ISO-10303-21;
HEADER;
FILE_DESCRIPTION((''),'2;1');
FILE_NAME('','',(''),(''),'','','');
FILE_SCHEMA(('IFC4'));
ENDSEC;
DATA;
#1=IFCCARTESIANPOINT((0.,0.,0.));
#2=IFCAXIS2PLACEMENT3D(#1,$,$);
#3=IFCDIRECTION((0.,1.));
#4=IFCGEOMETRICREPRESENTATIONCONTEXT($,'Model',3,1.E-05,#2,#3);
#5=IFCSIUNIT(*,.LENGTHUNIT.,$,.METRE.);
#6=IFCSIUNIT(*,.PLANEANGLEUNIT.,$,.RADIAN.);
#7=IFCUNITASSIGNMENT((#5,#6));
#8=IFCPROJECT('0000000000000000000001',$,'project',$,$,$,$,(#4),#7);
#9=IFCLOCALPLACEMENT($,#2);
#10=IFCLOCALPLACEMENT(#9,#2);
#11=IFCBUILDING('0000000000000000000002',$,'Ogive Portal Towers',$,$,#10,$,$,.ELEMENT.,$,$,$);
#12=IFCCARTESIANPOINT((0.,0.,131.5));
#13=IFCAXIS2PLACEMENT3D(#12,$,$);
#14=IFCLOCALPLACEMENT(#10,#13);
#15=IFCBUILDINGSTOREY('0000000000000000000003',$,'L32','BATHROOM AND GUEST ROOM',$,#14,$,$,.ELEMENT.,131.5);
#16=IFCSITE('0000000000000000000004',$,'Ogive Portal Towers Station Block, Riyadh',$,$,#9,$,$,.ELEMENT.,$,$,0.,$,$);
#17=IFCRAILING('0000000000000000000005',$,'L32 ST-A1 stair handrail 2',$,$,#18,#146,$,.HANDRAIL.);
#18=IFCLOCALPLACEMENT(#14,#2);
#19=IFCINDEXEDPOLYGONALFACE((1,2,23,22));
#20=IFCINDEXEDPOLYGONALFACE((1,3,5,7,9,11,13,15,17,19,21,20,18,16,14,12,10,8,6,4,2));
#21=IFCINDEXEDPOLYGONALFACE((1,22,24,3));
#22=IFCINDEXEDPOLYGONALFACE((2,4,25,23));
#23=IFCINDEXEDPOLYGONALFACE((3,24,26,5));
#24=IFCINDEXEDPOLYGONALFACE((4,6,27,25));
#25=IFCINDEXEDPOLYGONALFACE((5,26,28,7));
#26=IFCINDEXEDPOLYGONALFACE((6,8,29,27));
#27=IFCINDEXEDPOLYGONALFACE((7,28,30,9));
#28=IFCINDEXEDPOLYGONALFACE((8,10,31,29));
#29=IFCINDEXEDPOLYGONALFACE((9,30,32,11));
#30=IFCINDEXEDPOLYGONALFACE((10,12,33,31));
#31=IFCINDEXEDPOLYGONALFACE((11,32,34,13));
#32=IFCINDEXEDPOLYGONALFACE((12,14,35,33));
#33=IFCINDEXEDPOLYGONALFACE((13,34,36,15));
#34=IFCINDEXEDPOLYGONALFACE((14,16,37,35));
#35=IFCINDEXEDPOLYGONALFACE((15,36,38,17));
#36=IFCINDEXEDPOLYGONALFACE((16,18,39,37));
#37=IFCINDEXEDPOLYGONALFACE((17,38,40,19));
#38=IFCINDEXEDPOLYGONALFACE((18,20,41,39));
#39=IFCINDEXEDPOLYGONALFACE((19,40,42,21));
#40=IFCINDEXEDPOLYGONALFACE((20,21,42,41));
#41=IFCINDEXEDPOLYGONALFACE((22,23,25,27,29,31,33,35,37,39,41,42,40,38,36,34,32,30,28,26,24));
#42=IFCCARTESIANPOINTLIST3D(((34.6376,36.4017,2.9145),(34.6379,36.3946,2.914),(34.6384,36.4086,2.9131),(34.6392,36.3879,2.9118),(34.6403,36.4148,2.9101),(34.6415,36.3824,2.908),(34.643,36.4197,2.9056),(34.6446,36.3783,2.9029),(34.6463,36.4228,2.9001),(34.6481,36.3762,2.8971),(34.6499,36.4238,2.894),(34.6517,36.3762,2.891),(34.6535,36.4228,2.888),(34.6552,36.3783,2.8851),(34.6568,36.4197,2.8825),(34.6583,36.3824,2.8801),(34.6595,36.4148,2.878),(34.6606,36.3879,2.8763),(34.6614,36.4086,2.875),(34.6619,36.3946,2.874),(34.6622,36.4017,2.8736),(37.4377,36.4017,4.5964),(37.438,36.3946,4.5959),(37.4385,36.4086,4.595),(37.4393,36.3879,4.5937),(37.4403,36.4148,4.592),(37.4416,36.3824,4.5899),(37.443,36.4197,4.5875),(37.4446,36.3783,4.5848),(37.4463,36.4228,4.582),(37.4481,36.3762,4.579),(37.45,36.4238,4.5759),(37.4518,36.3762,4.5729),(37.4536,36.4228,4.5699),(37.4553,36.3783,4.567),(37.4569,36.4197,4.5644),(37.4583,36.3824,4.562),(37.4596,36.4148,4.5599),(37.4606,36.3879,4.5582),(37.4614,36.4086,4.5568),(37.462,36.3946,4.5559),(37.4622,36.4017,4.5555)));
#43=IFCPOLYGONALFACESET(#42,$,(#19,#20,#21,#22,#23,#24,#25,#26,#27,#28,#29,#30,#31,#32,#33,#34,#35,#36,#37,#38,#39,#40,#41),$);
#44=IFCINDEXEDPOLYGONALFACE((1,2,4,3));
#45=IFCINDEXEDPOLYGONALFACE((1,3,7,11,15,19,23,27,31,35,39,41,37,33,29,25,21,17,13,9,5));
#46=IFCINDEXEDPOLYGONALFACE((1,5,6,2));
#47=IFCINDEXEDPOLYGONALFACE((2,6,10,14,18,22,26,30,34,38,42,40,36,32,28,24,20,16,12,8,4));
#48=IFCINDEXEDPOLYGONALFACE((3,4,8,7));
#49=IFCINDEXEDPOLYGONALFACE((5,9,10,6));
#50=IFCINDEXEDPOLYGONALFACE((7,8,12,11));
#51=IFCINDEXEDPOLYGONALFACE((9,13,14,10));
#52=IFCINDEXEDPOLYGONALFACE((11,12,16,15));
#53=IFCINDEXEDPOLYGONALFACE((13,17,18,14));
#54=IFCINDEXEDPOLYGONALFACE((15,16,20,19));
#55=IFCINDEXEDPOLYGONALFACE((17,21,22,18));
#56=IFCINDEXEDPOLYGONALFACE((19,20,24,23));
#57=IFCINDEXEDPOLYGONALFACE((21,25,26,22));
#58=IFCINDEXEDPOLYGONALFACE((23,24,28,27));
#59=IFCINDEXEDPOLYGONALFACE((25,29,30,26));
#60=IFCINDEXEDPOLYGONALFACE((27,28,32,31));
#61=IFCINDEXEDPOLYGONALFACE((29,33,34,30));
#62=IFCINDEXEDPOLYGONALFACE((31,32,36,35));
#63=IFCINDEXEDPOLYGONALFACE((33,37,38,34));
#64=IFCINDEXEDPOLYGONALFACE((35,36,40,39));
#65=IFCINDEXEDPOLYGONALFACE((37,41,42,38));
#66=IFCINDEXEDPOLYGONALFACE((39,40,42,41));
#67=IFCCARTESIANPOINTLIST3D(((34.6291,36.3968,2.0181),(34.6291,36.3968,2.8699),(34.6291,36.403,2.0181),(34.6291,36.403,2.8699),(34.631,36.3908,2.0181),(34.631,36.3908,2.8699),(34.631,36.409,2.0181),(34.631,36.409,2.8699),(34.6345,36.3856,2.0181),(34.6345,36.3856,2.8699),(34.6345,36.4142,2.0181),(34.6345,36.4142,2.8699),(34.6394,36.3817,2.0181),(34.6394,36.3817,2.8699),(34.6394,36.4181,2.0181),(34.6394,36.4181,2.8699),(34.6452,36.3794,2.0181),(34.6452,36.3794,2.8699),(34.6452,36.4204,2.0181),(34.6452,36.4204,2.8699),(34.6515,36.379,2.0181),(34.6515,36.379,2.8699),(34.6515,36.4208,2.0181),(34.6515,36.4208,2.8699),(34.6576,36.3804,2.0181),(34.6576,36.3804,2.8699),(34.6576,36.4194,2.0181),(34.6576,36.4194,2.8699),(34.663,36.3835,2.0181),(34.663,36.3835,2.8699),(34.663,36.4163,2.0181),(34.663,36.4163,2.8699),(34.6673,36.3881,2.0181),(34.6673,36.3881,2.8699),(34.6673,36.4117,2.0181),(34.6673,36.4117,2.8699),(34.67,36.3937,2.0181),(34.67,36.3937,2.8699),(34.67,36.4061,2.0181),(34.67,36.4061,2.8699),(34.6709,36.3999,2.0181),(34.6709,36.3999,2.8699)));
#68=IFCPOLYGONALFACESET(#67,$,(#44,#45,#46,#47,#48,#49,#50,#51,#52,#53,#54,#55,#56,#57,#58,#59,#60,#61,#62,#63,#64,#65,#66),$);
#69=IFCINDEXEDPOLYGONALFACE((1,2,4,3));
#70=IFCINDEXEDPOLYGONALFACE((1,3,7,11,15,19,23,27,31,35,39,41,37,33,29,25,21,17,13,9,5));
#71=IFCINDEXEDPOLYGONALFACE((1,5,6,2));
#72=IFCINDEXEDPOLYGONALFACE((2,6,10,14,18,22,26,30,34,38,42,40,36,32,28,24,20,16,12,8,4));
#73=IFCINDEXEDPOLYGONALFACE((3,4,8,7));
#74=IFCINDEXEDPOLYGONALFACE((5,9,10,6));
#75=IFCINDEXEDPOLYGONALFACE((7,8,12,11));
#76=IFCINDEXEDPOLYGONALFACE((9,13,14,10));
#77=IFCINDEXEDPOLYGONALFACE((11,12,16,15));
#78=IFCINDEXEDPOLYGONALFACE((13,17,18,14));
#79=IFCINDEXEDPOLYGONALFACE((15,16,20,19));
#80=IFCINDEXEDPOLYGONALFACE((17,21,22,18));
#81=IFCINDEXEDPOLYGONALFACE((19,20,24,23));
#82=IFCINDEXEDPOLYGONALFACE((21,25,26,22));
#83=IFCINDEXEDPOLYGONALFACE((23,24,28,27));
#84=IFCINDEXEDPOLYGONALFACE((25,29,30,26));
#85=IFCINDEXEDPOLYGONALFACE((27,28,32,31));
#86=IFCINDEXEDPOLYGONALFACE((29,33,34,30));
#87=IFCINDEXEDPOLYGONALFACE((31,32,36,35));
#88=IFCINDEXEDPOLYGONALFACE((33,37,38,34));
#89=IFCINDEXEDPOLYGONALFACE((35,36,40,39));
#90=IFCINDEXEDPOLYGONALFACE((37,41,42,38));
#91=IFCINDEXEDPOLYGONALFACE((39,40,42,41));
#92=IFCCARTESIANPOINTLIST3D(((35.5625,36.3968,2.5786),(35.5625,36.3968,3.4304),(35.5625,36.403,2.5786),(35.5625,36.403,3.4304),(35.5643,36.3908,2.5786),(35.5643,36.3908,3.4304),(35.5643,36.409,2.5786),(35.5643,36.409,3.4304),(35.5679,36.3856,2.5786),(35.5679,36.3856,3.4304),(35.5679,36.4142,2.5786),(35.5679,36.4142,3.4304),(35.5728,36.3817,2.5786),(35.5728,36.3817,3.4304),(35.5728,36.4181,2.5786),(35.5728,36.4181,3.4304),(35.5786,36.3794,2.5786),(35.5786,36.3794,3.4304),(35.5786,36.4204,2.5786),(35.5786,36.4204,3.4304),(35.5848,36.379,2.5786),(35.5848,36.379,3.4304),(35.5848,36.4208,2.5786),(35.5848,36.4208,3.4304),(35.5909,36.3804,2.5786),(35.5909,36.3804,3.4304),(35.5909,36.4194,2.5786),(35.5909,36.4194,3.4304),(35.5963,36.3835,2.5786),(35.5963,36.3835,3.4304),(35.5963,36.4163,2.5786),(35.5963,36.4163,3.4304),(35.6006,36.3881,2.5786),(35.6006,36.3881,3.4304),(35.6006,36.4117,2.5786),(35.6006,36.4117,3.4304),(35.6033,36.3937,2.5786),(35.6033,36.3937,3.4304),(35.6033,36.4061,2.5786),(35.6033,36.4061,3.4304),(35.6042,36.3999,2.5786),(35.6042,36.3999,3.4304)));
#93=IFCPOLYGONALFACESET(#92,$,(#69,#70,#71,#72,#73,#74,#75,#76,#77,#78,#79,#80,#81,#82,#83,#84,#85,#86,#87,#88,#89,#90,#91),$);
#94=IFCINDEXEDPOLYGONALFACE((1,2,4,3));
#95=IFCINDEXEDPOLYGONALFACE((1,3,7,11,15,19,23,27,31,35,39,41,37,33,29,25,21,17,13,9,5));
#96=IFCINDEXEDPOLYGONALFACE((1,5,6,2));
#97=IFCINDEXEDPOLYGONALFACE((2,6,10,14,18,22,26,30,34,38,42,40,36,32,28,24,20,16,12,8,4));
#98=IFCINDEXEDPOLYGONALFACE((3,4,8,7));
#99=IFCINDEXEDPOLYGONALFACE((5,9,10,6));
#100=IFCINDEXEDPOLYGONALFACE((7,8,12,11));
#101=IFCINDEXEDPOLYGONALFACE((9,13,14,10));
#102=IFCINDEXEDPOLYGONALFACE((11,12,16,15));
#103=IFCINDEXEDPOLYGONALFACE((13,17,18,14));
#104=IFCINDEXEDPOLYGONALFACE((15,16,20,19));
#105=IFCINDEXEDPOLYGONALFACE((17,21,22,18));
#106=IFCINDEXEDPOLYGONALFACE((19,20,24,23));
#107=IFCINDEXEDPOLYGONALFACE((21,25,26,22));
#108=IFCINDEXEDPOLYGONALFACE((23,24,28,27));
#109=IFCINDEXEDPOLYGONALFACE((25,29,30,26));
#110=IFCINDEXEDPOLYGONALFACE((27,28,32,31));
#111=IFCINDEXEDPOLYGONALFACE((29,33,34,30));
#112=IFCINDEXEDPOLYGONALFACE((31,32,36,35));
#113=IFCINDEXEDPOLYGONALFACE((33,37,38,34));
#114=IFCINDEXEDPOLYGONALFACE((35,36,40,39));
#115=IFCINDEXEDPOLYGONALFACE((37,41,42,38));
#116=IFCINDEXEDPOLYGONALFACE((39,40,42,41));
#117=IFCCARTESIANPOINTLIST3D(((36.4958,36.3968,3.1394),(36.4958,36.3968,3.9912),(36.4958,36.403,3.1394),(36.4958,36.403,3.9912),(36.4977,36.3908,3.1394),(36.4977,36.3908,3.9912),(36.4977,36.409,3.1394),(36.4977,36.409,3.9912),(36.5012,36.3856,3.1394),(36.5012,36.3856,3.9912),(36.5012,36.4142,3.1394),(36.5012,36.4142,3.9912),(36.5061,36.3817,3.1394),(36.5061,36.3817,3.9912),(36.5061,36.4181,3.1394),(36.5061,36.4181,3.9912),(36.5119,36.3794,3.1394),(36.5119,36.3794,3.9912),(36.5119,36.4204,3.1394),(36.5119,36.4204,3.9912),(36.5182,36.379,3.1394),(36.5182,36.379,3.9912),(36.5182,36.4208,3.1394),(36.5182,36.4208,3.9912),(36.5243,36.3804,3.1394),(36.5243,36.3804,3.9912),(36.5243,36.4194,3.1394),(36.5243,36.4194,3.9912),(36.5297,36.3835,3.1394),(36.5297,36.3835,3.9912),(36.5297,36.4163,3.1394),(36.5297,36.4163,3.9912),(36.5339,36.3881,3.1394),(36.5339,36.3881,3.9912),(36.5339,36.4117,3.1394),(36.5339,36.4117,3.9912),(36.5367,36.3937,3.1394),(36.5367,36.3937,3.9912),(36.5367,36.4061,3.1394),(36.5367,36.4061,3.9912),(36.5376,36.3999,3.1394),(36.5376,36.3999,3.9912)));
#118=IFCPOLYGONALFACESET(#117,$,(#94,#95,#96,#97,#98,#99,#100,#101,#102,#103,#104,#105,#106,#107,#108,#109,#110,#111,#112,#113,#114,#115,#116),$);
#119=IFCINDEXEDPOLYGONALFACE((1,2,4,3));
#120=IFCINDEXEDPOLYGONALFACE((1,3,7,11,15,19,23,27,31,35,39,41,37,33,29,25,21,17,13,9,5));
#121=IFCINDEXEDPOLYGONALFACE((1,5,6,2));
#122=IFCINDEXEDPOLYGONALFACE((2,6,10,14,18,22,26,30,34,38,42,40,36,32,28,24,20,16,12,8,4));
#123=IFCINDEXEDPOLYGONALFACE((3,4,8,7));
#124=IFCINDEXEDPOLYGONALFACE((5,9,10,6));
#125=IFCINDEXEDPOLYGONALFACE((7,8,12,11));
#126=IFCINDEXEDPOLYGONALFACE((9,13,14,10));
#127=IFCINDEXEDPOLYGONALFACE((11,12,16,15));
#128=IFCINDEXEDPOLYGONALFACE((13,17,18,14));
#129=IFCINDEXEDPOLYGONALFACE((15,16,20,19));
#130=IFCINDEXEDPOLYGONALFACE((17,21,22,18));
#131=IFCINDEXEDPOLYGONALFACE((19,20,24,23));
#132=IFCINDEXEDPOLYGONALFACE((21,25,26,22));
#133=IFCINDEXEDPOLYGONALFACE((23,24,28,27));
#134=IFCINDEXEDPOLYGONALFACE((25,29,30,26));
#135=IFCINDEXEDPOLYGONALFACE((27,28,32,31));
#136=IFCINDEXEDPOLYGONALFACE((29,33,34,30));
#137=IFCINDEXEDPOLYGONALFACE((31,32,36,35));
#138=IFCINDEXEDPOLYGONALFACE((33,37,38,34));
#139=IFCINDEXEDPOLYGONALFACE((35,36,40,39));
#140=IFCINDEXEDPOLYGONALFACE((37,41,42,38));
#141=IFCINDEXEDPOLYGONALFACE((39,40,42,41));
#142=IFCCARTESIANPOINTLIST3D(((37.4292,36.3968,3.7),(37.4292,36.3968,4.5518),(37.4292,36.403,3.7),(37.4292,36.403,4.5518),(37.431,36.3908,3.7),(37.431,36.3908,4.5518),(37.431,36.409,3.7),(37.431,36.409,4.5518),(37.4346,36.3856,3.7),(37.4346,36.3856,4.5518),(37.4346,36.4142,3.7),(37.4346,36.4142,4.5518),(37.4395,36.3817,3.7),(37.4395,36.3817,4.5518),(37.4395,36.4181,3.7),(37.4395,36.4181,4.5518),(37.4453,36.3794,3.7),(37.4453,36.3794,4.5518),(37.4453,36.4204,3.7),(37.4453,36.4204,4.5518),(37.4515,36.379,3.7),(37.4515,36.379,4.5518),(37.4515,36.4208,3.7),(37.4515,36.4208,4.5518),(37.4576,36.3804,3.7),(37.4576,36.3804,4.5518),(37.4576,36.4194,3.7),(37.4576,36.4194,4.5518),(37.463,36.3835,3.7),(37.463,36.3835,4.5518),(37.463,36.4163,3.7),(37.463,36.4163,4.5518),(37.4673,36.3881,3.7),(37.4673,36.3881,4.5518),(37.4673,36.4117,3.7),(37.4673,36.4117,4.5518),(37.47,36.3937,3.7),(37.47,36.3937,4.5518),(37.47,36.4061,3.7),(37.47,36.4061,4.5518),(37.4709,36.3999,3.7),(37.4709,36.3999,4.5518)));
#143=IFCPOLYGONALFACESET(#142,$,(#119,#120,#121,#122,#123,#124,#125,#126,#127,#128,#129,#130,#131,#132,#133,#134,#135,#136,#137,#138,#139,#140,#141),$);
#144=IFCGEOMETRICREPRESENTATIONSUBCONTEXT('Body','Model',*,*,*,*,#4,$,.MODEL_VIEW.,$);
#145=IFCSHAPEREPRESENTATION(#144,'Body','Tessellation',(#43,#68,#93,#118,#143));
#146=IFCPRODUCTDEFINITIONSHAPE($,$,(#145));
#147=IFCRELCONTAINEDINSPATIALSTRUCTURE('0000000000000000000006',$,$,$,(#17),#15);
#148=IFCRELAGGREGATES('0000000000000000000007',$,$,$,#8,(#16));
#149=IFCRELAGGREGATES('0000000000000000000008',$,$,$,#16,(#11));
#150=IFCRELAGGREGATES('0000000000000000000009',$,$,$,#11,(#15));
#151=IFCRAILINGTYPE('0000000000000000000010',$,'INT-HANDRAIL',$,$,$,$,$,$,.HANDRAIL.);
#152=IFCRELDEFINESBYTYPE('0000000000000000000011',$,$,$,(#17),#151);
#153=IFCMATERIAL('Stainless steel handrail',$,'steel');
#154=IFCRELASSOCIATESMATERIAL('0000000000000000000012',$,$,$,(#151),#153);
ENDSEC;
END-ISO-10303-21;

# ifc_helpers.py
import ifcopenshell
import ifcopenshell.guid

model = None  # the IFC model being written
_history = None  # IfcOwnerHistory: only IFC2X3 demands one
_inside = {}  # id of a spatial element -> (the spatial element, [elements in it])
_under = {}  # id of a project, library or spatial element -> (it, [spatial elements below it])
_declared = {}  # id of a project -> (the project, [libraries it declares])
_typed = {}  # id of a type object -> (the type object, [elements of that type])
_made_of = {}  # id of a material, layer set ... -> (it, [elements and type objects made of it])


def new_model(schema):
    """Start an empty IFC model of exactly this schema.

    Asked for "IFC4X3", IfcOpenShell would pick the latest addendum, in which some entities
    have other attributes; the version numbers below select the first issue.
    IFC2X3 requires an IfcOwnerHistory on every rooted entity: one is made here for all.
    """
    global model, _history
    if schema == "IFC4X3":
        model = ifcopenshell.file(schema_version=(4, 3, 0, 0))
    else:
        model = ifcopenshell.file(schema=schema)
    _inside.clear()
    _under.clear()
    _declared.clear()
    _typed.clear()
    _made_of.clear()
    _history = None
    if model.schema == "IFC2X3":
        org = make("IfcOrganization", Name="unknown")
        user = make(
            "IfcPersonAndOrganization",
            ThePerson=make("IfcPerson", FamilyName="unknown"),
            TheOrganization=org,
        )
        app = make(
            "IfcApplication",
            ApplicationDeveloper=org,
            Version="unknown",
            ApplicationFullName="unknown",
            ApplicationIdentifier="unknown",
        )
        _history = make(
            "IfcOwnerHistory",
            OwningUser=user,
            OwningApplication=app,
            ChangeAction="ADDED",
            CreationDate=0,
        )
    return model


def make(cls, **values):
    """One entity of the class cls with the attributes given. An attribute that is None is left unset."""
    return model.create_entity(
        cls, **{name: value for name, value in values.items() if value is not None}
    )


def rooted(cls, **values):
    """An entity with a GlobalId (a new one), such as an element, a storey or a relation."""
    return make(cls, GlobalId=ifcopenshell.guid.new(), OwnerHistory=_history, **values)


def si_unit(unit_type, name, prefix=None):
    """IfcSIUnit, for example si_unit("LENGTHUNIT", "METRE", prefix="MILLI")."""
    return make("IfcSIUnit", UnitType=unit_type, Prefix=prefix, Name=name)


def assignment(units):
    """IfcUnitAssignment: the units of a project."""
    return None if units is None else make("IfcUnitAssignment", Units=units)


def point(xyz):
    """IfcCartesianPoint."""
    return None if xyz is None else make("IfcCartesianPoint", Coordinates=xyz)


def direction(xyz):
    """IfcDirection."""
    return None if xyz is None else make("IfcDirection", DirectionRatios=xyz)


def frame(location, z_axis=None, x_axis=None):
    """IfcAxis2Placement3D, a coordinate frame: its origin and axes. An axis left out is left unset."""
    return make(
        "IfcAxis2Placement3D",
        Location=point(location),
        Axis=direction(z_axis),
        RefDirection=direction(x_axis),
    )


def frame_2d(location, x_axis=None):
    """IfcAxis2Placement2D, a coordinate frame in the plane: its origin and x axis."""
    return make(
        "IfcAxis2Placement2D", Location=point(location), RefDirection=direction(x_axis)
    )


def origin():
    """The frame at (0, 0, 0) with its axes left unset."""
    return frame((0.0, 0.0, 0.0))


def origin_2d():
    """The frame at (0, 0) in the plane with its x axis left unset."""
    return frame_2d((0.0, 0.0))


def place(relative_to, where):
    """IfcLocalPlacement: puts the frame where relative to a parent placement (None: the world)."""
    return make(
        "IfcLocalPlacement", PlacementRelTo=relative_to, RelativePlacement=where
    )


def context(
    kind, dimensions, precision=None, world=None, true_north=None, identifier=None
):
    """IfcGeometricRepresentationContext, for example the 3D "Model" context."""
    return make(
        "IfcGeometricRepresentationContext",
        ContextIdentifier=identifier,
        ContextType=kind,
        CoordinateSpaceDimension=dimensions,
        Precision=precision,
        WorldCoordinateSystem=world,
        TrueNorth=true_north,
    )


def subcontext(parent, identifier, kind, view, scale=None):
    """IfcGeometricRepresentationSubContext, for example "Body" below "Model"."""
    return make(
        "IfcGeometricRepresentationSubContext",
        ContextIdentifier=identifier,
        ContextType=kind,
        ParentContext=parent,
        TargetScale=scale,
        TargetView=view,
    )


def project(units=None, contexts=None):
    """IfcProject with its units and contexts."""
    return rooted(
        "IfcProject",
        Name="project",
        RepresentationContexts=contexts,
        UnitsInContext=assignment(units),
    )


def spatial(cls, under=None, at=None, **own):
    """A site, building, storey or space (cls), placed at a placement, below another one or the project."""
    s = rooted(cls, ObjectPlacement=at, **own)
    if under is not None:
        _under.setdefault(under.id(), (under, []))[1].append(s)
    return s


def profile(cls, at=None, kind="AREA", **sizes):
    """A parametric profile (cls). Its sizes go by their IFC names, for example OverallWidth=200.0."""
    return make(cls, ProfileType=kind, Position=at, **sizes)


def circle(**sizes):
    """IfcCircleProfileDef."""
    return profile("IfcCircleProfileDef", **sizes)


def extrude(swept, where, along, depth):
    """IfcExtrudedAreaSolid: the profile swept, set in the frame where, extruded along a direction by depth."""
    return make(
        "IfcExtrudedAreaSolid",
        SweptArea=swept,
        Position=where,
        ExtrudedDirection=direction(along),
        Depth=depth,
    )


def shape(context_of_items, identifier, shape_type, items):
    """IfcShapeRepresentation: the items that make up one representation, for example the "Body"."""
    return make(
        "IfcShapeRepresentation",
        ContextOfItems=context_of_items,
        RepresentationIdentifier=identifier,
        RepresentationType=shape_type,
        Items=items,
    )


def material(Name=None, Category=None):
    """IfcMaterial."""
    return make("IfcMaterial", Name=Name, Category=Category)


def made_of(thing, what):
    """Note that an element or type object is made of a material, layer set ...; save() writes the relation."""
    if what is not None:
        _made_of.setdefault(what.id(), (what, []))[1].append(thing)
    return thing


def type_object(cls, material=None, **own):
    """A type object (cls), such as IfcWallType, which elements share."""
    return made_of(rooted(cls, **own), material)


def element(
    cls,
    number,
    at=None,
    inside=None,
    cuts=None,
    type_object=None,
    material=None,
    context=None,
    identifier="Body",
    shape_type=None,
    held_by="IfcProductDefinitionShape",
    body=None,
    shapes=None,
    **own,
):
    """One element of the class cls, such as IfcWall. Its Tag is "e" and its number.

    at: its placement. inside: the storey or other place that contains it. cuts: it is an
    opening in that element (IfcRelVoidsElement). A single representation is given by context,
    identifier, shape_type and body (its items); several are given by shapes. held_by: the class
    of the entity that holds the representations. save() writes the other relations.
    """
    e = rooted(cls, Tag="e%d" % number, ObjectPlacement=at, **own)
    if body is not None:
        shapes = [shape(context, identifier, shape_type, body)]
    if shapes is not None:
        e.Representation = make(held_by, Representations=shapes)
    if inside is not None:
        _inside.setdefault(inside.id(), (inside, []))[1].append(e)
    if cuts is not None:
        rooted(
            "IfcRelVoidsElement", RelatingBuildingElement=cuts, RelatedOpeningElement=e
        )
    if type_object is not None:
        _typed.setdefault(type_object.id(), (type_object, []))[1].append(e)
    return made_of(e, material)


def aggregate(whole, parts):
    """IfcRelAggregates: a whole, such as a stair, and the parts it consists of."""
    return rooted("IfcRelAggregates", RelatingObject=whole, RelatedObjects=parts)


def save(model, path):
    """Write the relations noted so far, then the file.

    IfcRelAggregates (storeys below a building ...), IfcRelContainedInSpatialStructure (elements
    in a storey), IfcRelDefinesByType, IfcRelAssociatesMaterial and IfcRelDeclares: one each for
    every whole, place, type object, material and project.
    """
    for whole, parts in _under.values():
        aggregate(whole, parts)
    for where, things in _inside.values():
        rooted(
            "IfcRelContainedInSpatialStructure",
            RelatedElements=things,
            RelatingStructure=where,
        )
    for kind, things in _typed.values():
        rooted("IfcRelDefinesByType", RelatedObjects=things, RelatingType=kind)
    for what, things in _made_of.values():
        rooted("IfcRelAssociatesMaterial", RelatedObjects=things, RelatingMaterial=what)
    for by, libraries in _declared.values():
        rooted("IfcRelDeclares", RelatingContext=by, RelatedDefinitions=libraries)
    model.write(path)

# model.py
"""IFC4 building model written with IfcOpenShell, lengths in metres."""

from ifc_helpers import new_model, si_unit, direction, frame, origin, origin_2d, place, context, subcontext, project, spatial, circle, extrude, material, type_object, element, save


model = new_model("IFC4")

# Units and contexts
model_context = context("Model", 3, precision=1e-05, world=origin(), true_north=direction((0.0, 1.0)))
body_context = subcontext(model_context, "Body", "Model", "MODEL_VIEW")
ifc_project = project(units=[si_unit("LENGTHUNIT", "METRE"), si_unit("PLANEANGLEUNIT", "RADIAN")], contexts=[model_context])

# Site, building, storey
site_placement = place(None, origin())
site = spatial("IfcSite", under=ifc_project, at=site_placement, Name="Ogive Portal Towers Station Block, Riyadh", CompositionType="ELEMENT", RefElevation=0.0)
building_placement = place(site_placement, origin())
building = spatial("IfcBuilding", under=site, at=building_placement, Name="Ogive Portal Towers", CompositionType="ELEMENT")
storey_placement = place(building_placement, frame((0.0, 0.0, 131.5)))
storey = spatial("IfcBuildingStorey", under=building, at=storey_placement, Name="L32", Description="BATHROOM AND GUEST ROOM", CompositionType="ELEMENT", Elevation=131.5)

# Railing
ifc_material_1 = material(Name="Stainless steel handrail", Category="steel")
railing_type_1 = type_object("IfcRailingType", Name="INT-HANDRAIL", PredefinedType="HANDRAIL", material=ifc_material_1)
railing_1_placement = place(storey_placement, frame((34.6499, 36.3999, 2.0181)))
element("IfcRailing", 1, at=railing_1_placement, inside=storey, type_object=railing_type_1, Name="L32 ST-A1 stair handrail 2", PredefinedType="HANDRAIL", context=body_context, shape_type="SweptSolid", body=[
    extrude(circle(Radius=0.0239, at=origin_2d()), frame((0.0, 0.0, 0.876), z_axis=(0.857242, 0.0, 0.514913), x_axis=(0.0, 1.0, 0.0)), (0.0, 0.0, 1.0), 3.2664),
    extrude(circle(Radius=0.021, at=origin_2d()), origin(), (0.0, 0.0, 1.0), 0.8518),
    extrude(circle(Radius=0.021, at=origin_2d()), frame((0.9333, 0.0, 0.5605)), (0.0, 0.0, 1.0), 0.8518),
    extrude(circle(Radius=0.021, at=origin_2d()), frame((1.8667, 0.0, 1.1213)), (0.0, 0.0, 1.0), 0.8518),
    extrude(circle(Radius=0.021, at=origin_2d()), frame((2.8, 0.0, 1.6819)), (0.0, 0.0, 1.0), 0.8518),
])

save(model, "model.ifc")
